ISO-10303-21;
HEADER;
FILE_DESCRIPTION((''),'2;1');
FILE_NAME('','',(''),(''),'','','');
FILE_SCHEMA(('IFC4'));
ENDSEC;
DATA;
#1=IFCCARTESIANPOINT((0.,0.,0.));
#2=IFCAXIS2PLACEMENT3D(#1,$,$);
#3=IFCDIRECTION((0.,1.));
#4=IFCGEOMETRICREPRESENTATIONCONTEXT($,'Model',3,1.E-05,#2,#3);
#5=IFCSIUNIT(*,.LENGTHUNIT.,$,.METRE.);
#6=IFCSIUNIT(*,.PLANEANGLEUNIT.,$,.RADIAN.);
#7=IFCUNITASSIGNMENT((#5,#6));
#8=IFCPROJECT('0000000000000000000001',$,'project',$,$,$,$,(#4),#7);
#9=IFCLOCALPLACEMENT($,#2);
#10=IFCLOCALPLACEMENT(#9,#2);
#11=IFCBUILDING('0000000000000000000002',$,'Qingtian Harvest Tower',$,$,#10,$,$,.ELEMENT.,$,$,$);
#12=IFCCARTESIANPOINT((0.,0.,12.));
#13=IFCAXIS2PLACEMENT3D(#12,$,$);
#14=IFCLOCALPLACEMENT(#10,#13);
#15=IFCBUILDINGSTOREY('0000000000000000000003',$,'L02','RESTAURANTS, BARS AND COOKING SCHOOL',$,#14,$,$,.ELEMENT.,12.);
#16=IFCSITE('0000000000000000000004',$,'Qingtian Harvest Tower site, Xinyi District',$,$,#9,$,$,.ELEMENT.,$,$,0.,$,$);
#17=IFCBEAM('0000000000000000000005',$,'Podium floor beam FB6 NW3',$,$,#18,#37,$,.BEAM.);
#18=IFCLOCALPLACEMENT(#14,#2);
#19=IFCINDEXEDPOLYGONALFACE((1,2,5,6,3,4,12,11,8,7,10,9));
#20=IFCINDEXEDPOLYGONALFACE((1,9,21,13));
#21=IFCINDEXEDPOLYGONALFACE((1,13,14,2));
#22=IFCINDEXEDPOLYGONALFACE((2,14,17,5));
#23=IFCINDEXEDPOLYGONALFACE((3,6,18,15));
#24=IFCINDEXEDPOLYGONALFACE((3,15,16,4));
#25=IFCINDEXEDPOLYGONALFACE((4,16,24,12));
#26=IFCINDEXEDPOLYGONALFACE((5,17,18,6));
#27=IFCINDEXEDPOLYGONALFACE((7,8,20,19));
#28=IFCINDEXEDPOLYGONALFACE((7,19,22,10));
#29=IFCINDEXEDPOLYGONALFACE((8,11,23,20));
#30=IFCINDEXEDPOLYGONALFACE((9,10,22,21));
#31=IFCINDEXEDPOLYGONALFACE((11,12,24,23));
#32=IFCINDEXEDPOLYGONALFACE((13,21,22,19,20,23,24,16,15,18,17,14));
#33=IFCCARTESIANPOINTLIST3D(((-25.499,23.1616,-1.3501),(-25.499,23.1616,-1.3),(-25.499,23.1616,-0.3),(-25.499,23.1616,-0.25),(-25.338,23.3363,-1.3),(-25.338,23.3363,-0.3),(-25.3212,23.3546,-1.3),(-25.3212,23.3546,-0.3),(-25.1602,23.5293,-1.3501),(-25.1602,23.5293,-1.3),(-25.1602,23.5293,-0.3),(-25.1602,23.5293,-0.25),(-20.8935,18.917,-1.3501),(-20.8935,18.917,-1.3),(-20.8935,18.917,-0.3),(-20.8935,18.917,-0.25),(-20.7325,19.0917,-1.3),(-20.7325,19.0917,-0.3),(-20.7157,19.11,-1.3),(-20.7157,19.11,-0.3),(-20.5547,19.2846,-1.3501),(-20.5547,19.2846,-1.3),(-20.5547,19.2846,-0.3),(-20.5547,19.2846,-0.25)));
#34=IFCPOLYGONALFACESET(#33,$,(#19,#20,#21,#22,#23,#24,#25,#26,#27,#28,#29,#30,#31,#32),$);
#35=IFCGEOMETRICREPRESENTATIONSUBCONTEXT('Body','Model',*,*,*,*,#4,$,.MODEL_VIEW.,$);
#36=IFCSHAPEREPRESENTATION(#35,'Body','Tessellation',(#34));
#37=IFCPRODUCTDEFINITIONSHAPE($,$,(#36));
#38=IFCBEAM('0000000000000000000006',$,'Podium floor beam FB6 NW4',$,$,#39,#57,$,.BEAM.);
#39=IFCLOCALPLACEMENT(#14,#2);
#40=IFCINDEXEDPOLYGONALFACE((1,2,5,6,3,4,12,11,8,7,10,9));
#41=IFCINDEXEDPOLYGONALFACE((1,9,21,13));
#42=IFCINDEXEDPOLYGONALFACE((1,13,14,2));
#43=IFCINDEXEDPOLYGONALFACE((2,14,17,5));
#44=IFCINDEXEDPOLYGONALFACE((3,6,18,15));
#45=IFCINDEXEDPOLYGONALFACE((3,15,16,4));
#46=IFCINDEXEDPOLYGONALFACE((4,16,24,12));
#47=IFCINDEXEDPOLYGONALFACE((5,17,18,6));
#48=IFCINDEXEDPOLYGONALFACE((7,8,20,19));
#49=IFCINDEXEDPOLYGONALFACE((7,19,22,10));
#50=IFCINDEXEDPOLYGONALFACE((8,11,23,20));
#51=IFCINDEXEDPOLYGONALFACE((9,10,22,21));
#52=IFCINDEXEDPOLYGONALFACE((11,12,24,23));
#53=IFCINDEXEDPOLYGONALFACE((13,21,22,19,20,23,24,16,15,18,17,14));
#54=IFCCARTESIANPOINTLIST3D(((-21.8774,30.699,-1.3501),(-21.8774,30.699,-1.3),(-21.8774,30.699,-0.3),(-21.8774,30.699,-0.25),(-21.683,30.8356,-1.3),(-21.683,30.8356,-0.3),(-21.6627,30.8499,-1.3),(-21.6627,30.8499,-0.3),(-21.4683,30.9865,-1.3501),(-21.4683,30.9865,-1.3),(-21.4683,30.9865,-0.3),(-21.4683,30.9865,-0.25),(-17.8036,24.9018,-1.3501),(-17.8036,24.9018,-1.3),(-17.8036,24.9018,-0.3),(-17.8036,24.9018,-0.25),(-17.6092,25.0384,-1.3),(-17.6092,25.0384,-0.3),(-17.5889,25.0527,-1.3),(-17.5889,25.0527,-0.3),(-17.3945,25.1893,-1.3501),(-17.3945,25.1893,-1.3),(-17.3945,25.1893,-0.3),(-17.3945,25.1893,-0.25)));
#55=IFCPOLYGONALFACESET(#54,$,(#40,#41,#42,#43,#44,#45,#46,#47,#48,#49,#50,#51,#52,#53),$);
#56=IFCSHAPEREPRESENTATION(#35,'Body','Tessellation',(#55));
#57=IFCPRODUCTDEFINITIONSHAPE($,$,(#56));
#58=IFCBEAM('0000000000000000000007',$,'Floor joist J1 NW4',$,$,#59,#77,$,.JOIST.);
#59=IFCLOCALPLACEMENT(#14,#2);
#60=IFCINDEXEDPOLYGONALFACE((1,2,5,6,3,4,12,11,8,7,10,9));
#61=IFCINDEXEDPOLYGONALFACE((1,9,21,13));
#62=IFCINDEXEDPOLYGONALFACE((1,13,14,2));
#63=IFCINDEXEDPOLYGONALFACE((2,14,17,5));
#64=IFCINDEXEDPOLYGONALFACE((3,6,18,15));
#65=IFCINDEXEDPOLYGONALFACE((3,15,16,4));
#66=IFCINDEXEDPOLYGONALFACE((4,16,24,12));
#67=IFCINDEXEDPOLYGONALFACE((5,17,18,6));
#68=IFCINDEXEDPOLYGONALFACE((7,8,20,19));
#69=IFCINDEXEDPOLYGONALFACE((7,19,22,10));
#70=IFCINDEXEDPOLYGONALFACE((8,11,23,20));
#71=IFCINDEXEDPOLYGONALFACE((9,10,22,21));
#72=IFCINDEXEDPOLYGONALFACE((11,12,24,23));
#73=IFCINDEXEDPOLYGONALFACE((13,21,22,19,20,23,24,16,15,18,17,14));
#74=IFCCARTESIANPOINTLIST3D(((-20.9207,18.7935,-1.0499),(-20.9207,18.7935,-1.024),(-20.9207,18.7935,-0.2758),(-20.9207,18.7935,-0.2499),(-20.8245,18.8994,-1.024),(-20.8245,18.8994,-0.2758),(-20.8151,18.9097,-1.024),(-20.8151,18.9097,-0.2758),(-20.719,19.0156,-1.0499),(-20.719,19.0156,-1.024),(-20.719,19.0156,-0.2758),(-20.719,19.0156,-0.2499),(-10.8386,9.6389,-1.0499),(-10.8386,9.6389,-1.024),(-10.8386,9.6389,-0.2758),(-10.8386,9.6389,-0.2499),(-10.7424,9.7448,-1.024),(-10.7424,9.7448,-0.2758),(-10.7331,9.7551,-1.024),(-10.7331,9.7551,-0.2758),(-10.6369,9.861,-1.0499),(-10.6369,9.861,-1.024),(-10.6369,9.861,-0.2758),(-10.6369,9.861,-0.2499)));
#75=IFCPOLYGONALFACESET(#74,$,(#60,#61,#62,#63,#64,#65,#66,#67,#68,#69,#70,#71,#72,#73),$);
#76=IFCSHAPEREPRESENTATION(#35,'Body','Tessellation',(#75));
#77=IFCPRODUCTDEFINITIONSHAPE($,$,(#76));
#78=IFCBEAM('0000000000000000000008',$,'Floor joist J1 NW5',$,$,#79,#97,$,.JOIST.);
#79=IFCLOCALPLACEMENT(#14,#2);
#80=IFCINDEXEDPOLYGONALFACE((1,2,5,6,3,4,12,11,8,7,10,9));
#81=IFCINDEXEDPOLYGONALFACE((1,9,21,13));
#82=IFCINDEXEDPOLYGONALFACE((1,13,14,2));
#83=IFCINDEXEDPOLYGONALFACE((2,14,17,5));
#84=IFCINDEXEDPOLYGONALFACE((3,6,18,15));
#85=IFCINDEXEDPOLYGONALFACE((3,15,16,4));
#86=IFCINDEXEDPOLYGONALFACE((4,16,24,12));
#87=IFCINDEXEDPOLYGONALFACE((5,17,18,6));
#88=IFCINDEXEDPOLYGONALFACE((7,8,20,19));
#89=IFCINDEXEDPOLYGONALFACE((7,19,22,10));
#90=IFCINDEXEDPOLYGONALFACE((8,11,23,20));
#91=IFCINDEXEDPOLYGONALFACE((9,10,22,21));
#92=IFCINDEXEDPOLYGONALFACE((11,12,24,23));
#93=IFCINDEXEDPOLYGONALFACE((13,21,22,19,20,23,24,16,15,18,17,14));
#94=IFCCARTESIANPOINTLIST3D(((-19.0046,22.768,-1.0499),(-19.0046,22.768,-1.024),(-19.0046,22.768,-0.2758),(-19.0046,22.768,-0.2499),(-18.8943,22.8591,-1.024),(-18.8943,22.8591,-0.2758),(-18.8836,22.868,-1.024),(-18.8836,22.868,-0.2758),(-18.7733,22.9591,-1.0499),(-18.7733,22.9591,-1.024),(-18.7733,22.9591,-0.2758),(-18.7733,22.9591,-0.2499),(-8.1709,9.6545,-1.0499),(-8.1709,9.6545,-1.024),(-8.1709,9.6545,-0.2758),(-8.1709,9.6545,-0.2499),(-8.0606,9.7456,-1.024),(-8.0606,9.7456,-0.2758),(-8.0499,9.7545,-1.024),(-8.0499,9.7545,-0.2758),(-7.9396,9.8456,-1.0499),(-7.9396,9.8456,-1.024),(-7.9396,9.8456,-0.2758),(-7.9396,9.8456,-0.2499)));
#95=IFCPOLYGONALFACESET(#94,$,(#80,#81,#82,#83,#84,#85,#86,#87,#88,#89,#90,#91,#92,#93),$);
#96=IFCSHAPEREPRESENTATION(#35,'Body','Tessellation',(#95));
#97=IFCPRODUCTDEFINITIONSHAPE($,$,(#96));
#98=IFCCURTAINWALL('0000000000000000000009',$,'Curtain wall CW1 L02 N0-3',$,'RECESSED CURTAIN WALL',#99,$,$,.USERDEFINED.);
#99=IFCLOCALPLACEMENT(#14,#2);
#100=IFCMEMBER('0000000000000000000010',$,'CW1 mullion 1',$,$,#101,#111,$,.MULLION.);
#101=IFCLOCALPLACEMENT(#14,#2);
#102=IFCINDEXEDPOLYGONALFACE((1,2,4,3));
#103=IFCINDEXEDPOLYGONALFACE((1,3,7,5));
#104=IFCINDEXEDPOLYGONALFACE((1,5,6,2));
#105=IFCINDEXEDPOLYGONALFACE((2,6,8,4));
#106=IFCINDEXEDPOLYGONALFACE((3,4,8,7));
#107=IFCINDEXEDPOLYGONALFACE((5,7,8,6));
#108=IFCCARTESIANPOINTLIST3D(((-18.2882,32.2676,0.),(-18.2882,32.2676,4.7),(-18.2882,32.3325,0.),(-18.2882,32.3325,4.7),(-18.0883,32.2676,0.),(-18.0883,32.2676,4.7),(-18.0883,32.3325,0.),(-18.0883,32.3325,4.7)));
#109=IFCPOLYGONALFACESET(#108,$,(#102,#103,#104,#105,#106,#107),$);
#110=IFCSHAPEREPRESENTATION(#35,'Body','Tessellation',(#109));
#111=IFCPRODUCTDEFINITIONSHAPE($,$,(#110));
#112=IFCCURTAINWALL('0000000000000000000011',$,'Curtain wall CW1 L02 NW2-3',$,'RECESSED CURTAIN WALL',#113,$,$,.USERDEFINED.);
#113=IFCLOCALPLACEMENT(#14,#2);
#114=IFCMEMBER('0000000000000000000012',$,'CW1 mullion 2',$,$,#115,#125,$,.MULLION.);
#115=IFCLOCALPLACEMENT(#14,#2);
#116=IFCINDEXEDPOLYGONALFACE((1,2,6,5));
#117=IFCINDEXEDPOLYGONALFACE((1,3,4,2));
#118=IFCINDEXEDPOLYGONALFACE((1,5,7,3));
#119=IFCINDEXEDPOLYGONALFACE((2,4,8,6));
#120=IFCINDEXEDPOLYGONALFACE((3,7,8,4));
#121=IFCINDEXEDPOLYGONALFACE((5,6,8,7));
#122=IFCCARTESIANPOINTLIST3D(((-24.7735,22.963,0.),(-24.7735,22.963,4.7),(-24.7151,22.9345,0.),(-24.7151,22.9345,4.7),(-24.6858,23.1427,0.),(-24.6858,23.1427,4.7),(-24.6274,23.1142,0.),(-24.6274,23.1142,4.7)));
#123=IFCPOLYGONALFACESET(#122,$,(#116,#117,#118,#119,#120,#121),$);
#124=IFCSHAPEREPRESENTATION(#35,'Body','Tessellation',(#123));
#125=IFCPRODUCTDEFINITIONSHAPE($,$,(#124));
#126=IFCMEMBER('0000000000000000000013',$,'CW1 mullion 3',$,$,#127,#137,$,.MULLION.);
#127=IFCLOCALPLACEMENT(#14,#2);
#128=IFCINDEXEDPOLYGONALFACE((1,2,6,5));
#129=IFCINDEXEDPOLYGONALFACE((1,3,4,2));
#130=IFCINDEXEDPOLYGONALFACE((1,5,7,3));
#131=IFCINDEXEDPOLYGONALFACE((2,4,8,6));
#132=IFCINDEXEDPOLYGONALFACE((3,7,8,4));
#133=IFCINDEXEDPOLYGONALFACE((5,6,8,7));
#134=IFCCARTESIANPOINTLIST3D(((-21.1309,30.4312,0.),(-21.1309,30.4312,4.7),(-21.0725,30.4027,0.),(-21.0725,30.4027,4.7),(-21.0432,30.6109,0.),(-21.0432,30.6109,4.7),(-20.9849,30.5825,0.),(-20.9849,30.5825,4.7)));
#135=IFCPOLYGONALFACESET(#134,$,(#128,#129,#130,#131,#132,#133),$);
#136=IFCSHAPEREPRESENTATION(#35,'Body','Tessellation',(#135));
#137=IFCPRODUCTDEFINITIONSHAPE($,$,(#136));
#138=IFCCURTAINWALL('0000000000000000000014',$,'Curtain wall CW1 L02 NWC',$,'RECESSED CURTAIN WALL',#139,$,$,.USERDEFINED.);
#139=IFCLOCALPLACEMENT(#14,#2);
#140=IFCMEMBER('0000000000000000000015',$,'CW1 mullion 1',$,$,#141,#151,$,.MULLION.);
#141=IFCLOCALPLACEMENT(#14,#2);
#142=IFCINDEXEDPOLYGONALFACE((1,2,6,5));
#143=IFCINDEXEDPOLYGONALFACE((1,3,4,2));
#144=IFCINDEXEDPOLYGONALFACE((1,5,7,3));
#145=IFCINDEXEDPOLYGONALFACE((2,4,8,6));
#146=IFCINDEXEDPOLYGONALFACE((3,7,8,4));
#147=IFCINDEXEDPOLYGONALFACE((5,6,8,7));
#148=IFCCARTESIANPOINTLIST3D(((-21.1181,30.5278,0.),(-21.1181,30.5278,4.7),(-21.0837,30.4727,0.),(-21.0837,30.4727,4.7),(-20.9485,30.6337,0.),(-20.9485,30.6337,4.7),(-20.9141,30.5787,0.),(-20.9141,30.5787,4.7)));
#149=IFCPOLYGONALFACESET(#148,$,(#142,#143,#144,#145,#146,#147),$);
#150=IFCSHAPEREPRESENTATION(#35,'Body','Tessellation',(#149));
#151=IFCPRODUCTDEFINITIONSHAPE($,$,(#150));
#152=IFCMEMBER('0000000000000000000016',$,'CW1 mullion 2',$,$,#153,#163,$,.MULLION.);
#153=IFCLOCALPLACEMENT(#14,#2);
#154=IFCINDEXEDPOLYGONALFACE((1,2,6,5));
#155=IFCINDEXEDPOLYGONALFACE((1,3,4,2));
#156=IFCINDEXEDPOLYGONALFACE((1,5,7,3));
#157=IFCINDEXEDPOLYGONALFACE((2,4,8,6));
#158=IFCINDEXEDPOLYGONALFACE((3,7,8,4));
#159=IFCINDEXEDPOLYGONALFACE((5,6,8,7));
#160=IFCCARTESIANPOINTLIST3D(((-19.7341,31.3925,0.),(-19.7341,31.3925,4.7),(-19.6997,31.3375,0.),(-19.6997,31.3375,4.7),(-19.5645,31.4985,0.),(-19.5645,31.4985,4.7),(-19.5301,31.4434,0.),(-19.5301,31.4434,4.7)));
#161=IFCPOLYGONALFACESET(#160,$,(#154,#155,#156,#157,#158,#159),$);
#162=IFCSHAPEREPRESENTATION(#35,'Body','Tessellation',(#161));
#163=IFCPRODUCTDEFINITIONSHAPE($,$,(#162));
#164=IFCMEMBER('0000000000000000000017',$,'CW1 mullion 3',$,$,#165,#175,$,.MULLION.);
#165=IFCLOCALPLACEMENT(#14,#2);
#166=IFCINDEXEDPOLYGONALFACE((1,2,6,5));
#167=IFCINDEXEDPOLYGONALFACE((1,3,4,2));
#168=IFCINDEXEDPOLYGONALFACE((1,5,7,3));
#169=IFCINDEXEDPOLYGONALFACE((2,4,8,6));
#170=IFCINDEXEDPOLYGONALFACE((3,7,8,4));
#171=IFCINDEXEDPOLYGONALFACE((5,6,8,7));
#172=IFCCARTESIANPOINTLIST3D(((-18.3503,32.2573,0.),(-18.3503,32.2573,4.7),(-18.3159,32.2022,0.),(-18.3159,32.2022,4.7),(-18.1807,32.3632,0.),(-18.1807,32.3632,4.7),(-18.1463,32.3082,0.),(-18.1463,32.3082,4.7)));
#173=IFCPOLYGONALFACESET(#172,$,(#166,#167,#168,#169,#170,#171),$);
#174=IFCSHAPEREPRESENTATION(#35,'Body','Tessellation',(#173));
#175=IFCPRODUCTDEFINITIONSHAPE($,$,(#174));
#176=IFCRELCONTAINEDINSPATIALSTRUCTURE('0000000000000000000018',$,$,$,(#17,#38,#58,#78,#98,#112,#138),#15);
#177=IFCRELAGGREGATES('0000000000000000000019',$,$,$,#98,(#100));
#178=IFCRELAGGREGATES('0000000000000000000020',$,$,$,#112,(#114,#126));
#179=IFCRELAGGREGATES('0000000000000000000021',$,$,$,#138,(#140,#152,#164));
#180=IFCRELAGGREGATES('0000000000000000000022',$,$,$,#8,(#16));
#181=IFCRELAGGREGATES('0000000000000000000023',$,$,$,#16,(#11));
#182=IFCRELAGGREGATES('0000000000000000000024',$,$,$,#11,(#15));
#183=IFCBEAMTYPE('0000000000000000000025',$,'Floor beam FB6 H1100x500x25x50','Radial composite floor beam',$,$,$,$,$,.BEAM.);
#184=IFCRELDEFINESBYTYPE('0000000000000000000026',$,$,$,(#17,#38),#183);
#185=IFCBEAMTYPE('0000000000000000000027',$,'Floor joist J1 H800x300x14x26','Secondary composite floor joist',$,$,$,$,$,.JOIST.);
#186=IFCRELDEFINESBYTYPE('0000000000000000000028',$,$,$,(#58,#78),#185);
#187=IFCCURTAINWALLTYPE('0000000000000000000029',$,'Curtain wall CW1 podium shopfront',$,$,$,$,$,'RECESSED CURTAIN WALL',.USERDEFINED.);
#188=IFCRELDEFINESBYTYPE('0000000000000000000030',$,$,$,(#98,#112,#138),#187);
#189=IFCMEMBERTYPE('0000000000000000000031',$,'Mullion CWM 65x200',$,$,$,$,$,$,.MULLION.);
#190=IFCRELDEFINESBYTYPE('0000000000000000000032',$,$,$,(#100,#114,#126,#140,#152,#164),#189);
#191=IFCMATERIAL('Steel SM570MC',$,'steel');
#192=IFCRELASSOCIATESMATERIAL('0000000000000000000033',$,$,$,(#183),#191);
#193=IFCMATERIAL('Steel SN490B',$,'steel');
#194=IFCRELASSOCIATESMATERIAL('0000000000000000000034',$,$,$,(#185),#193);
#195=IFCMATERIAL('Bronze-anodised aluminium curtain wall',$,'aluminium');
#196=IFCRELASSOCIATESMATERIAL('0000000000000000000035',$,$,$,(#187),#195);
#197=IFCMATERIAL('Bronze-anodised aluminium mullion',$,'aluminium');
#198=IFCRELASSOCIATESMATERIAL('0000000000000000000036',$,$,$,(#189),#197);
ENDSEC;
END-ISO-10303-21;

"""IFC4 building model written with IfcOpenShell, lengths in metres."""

from ifc_helpers import new_model, si_unit, direction, frame, origin, origin_2d, place, context, subcontext, project, spatial, rectangle, i_section, extrude, material, material_profile, profile_set, type_object, element, aggregate, save


model = new_model("IFC4")

# Units and contexts
model_context = context("Model", 3, precision=1e-05, world=origin(), true_north=direction((0.0, 1.0)))
body_context = subcontext(model_context, "Body", "Model", "MODEL_VIEW")
ifc_project = project(units=[si_unit("LENGTHUNIT", "METRE"), si_unit("PLANEANGLEUNIT", "RADIAN")], contexts=[model_context])

# Site, building, storey
site_placement = place(None, origin())
site = spatial("IfcSite", under=ifc_project, at=site_placement, Name="Qingtian Harvest Tower site, Xinyi District", CompositionType="ELEMENT", RefElevation=0.0)
building_placement = place(site_placement, origin())
building = spatial("IfcBuilding", under=site, at=building_placement, Name="Qingtian Harvest Tower", CompositionType="ELEMENT")
storey_placement = place(building_placement, frame((0.0, 0.0, 12.0)))
storey = spatial("IfcBuildingStorey", under=building, at=storey_placement, Name="L02", Description="RESTAURANTS, BARS AND COOKING SCHOOL", CompositionType="ELEMENT", Elevation=12.0)

# Beams
ifc_material_1 = material(Name="Steel SM570MC", Category="steel")
ifc_material_profile_1 = material_profile(ifc_material_1, i_section(OverallWidth=0.5, OverallDepth=1.1001, WebThickness=0.0249, FlangeThickness=0.05, at=origin_2d()), Name="H1100x500x25x50")
ifc_profile_set_1 = profile_set([ifc_material_profile_1], Name="Steel SM570MC")
beam_type_1 = type_object("IfcBeamType", Name="Floor beam FB6 H1100x500x25x50", Description="Radial composite floor beam", PredefinedType="BEAM", material=ifc_profile_set_1)
beam_1_placement = place(storey_placement, frame((-25.3296, 23.3455, -0.8), z_axis=(0.735326, -0.677713, 0.0), x_axis=(0.677713, 0.735326, 0.0)))
element("IfcBeam", 1, at=beam_1_placement, inside=storey, type_object=beam_type_1, Name="Podium floor beam FB6 NW3", PredefinedType="BEAM", context=body_context, shape_type="SweptSolid", body=[
    extrude(i_section(OverallWidth=0.5, OverallDepth=1.1001, WebThickness=0.0249, FlangeThickness=0.05, at=origin_2d()), origin(), (0.0, 0.0, 1.0), 6.2632),
])
beam_2_placement = place(storey_placement, frame((-21.6729, 30.8428, -0.8), z_axis=(0.574953, -0.818186, 0.0), x_axis=(0.818186, 0.574953, 0.0)))
element("IfcBeam", 2, at=beam_2_placement, inside=storey, type_object=beam_type_1, Name="Podium floor beam FB6 NW4", PredefinedType="BEAM", context=body_context, shape_type="SweptSolid", body=[
    extrude(i_section(OverallWidth=0.5, OverallDepth=1.1001, WebThickness=0.0249, FlangeThickness=0.05, at=origin_2d()), origin(), (0.0, 0.0, 1.0), 7.0854),
])
ifc_material_2 = material(Name="Steel SN490B", Category="steel")
ifc_material_profile_2 = material_profile(ifc_material_2, i_section(OverallWidth=0.3, OverallDepth=0.8, WebThickness=0.0139, FlangeThickness=0.0259, at=origin_2d()), Name="H800x300x14x26")
ifc_profile_set_2 = profile_set([ifc_material_profile_2], Name="Steel SN490B")
beam_type_2 = type_object("IfcBeamType", Name="Floor joist J1 H800x300x14x26", Description="Secondary composite floor joist", PredefinedType="JOIST", material=ifc_profile_set_2)
beam_3_placement = place(storey_placement, frame((-20.8198, 18.9045, -0.6499), z_axis=(0.74034, -0.672233, 0.0), x_axis=(0.672233, 0.74034, 0.0)))
element("IfcBeam", 3, at=beam_3_placement, inside=storey, type_object=beam_type_2, Name="Floor joist J1 NW4", PredefinedType="JOIST", context=body_context, shape_type="SweptSolid", body=[
    extrude(i_section(OverallWidth=0.3, OverallDepth=0.8, WebThickness=0.0139, FlangeThickness=0.0259, at=origin_2d()), origin(), (0.0, 0.0, 1.0), 13.6182),
])
beam_4_placement = place(storey_placement, frame((-18.8889, 22.8635, -0.6499), z_axis=(0.63691, -0.770938, 0.0), x_axis=(0.770938, 0.63691, 0.0)))
element("IfcBeam", 4, at=beam_4_placement, inside=storey, type_object=beam_type_2, Name="Floor joist J1 NW5", PredefinedType="JOIST", context=body_context, shape_type="SweptSolid", body=[
    extrude(i_section(OverallWidth=0.3, OverallDepth=0.8, WebThickness=0.0139, FlangeThickness=0.0259, at=origin_2d()), origin(), (0.0, 0.0, 1.0), 17.0098),
])

# Curtain wall, member
ifc_material_3 = material(Name="Bronze-anodised aluminium curtain wall", Category="aluminium")
curtain_wall_type = type_object("IfcCurtainWallType", Name="Curtain wall CW1 podium shopfront", ElementType="RECESSED CURTAIN WALL", PredefinedType="USERDEFINED", material=ifc_material_3)
curtain_wall_1_placement = place(storey_placement, origin())
curtain_wall_1 = element("IfcCurtainWall", 5, at=curtain_wall_1_placement, inside=storey, type_object=curtain_wall_type, Name="Curtain wall CW1 L02 N0-3", ObjectType="RECESSED CURTAIN WALL", PredefinedType="USERDEFINED")
ifc_material_4 = material(Name="Bronze-anodised aluminium mullion", Category="aluminium")
ifc_material_profile_3 = material_profile(ifc_material_4, rectangle(XDim=0.0649, YDim=0.2, at=origin_2d()), Name="AL 65x200")
ifc_profile_set_3 = profile_set([ifc_material_profile_3], Name="Bronze-anodised aluminium mullion")
member_type_1 = type_object("IfcMemberType", Name="Mullion CWM 65x200", PredefinedType="MULLION", material=ifc_profile_set_3)
member_1_placement = place(storey_placement, frame((-18.1882, 32.3, 0.0), z_axis=(0.0, 0.0, 1.0), x_axis=(0.0, 1.0, 0.0)))
member_1 = element("IfcMember", 6, at=member_1_placement, type_object=member_type_1, Name="CW1 mullion 1", PredefinedType="MULLION", context=body_context, shape_type="SweptSolid", body=[
    extrude(rectangle(XDim=0.0649, YDim=0.2, at=origin_2d()), origin(), (0.0, 0.0, 1.0), 4.7),
])
aggregate(curtain_wall_1, [member_1])

# Curtain walls, members
curtain_wall_2_placement = place(storey_placement, origin())
curtain_wall_2 = element("IfcCurtainWall", 7, at=curtain_wall_2_placement, inside=storey, type_object=curtain_wall_type, Name="Curtain wall CW1 L02 NW2-3", ObjectType="RECESSED CURTAIN WALL", PredefinedType="USERDEFINED")
member_2_placement = place(storey_placement, frame((-24.7004, 23.0386, 0.0), z_axis=(0.0, 0.0, 1.0), x_axis=(-0.898794, 0.438371, 0.0)))
member_2 = element("IfcMember", 8, at=member_2_placement, type_object=member_type_1, Name="CW1 mullion 2", PredefinedType="MULLION", context=body_context, shape_type="SweptSolid", body=[
    extrude(rectangle(XDim=0.0649, YDim=0.2, at=origin_2d()), origin(), (0.0, 0.0, 1.0), 4.7),
])
member_3_placement = place(storey_placement, frame((-21.0579, 30.5068, 0.0), z_axis=(0.0, 0.0, 1.0), x_axis=(-0.898794, 0.438371, 0.0)))
member_3 = element("IfcMember", 9, at=member_3_placement, type_object=member_type_1, Name="CW1 mullion 3", PredefinedType="MULLION", context=body_context, shape_type="SweptSolid", body=[
    extrude(rectangle(XDim=0.0649, YDim=0.2, at=origin_2d()), origin(), (0.0, 0.0, 1.0), 4.7),
])
curtain_wall_3_placement = place(storey_placement, origin())
curtain_wall_3 = element("IfcCurtainWall", 10, at=curtain_wall_3_placement, inside=storey, type_object=curtain_wall_type, Name="Curtain wall CW1 L02 NWC", ObjectType="RECESSED CURTAIN WALL", PredefinedType="USERDEFINED")
member_4_placement = place(storey_placement, frame((-21.0161, 30.5532, 0.0), z_axis=(0.0, 0.0, 1.0), x_axis=(-0.529919, 0.848048, 0.0)))
member_4 = element("IfcMember", 11, at=member_4_placement, type_object=member_type_1, Name="CW1 mullion 1", PredefinedType="MULLION", context=body_context, shape_type="SweptSolid", body=[
    extrude(rectangle(XDim=0.0649, YDim=0.2, at=origin_2d()), origin(), (0.0, 0.0, 1.0), 4.7),
])
member_5_placement = place(storey_placement, frame((-19.6321, 31.418, 0.0), z_axis=(0.0, 0.0, 1.0), x_axis=(-0.529919, 0.848048, 0.0)))
member_5 = element("IfcMember", 12, at=member_5_placement, type_object=member_type_1, Name="CW1 mullion 2", PredefinedType="MULLION", context=body_context, shape_type="SweptSolid", body=[
    extrude(rectangle(XDim=0.0649, YDim=0.2, at=origin_2d()), origin(), (0.0, 0.0, 1.0), 4.7),
])
member_6_placement = place(storey_placement, frame((-18.2483, 32.2827, 0.0), z_axis=(0.0, 0.0, 1.0), x_axis=(-0.529919, 0.848048, 0.0)))
member_6 = element("IfcMember", 13, at=member_6_placement, type_object=member_type_1, Name="CW1 mullion 3", PredefinedType="MULLION", context=body_context, shape_type="SweptSolid", body=[
    extrude(rectangle(XDim=0.0649, YDim=0.2, at=origin_2d()), origin(), (0.0, 0.0, 1.0), 4.7),
])

aggregate(curtain_wall_2, [member_2, member_3])
aggregate(curtain_wall_3, [member_4, member_5, member_6])

save(model, "model.ifc")
